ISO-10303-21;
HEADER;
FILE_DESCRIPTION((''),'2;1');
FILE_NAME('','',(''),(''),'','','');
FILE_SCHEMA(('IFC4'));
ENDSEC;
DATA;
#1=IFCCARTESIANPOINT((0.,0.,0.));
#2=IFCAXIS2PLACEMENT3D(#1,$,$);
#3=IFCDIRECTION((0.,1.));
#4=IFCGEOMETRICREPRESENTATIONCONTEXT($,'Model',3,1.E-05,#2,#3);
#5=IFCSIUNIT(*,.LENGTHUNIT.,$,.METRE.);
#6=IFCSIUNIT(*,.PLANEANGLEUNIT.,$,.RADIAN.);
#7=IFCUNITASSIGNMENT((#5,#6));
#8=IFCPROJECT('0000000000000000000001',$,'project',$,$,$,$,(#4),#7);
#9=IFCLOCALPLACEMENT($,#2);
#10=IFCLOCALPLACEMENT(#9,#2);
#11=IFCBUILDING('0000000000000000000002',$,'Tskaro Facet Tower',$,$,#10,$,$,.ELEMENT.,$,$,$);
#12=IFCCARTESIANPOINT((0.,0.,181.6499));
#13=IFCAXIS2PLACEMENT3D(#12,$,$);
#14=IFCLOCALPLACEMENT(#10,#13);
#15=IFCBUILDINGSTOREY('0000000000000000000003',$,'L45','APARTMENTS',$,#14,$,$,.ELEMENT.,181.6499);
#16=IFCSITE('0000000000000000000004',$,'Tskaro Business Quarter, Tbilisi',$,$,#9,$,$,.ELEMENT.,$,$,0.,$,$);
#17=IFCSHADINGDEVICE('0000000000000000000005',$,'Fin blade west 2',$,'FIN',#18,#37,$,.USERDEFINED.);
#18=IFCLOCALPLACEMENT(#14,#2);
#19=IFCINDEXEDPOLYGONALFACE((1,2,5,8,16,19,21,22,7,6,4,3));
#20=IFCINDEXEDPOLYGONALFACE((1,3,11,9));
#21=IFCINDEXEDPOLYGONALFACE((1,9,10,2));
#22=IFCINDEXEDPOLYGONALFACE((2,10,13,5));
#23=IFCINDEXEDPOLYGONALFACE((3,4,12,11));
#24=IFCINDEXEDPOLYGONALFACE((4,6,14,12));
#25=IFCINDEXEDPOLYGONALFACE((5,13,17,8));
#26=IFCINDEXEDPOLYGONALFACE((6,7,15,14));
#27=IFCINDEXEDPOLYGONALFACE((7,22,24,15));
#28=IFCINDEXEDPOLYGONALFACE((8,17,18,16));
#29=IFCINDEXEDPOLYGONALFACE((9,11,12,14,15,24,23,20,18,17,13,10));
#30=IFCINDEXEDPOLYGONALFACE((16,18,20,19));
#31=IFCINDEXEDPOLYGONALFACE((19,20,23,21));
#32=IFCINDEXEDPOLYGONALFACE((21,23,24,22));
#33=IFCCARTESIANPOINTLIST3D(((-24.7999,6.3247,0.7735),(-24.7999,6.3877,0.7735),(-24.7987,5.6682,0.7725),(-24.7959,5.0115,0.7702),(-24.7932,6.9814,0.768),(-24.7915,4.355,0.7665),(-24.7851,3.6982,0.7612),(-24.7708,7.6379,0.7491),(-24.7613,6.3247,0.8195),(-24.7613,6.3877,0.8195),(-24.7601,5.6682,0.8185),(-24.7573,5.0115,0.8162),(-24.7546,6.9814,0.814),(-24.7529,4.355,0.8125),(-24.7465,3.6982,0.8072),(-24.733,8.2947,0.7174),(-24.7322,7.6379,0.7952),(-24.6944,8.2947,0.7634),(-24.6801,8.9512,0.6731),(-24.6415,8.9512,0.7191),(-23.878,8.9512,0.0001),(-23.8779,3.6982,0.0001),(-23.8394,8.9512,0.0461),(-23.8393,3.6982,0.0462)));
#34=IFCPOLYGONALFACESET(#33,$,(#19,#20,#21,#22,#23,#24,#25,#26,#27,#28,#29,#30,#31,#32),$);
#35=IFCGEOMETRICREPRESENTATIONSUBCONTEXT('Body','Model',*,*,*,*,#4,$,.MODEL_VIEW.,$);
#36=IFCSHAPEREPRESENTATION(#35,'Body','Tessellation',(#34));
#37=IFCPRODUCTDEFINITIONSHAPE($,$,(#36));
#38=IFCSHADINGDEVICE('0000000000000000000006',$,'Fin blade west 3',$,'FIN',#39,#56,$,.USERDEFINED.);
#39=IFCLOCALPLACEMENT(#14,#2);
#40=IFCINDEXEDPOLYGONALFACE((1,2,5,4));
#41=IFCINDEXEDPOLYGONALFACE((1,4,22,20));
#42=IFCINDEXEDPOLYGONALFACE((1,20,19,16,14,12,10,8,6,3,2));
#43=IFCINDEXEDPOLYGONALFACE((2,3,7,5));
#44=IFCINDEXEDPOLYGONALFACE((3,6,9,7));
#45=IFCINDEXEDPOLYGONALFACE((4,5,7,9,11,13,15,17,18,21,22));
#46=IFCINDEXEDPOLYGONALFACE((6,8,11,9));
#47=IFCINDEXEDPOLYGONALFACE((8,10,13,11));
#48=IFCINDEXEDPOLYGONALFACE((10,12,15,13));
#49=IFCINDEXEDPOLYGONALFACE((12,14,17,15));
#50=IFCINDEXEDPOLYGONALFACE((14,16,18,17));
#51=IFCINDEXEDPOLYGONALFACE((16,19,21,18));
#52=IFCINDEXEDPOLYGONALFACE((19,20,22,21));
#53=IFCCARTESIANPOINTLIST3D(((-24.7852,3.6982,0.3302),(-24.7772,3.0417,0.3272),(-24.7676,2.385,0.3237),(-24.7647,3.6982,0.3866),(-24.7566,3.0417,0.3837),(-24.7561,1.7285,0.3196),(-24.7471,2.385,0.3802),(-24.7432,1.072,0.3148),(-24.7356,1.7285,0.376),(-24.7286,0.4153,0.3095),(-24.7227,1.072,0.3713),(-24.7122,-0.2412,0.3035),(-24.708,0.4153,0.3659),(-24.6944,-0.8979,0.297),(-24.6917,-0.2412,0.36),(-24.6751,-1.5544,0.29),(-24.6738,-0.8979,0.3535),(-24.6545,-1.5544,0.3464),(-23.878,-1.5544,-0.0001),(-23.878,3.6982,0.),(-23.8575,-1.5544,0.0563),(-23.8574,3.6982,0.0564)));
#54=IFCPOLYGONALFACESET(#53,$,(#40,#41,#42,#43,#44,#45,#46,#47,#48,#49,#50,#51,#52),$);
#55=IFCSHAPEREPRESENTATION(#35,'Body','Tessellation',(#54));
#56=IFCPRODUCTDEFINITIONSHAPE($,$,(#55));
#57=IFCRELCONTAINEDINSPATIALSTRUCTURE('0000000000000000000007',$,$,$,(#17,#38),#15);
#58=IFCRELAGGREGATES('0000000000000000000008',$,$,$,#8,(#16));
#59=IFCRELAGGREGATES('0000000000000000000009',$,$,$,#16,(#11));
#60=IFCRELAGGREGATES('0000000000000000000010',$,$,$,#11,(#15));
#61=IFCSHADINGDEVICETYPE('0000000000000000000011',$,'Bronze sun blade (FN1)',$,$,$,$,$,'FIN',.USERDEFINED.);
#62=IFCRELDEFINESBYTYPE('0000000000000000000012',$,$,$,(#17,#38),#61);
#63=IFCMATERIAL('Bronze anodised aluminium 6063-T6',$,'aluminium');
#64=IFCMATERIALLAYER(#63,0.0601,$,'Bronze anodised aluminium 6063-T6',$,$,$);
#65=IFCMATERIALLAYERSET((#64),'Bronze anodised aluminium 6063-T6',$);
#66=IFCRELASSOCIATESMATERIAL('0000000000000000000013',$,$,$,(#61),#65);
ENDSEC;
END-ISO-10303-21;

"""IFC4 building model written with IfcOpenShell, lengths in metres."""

from ifc_helpers import new_model, si_unit, direction, frame, origin, place, context, subcontext, project, spatial, polyline, outline, extrude, material, layer, layer_set, type_object, element, save


model = new_model("IFC4")

# Units and contexts
model_context = context("Model", 3, precision=1e-05, world=origin(), true_north=direction((0.0, 1.0)))
body_context = subcontext(model_context, "Body", "Model", "MODEL_VIEW")
ifc_project = project(units=[si_unit("LENGTHUNIT", "METRE"), si_unit("PLANEANGLEUNIT", "RADIAN")], contexts=[model_context])

# Site, building, storey
site_placement = place(None, origin())
site = spatial("IfcSite", under=ifc_project, at=site_placement, Name="Tskaro Business Quarter, Tbilisi", CompositionType="ELEMENT", RefElevation=0.0)
building_placement = place(site_placement, origin())
building = spatial("IfcBuilding", under=site, at=building_placement, Name="Tskaro Facet Tower", CompositionType="ELEMENT")
storey_placement = place(building_placement, frame((0.0, 0.0, 181.6499)))
storey = spatial("IfcBuildingStorey", under=building, at=storey_placement, Name="L45", Description="APARTMENTS", CompositionType="ELEMENT", Elevation=181.6499)

# Shared definitions
ifc_material_1 = material(Name="Bronze anodised aluminium 6063-T6", Category="aluminium")

# Shading devices
ifc_layer_1 = layer(ifc_material_1, 0.0601, Name="Bronze anodised aluminium 6063-T6")
ifc_layer_set_1 = layer_set([ifc_layer_1], Name="Bronze anodised aluminium 6063-T6")
shading_device_type = type_object("IfcShadingDeviceType", Name="Bronze sun blade (FN1)", ElementType="FIN", PredefinedType="USERDEFINED", material=ifc_layer_set_1)
shading_device_1_placement = place(storey_placement, frame((-23.8394, 8.9512, 0.0461), z_axis=(0.642701, 0.000004, 0.766117), x_axis=(0.000002, -1.0, 0.000003)))
element("IfcShadingDevice", 1, at=shading_device_1_placement, inside=storey, type_object=shading_device_type, Name="Fin blade west 2", ObjectType="FIN", PredefinedType="USERDEFINED", context=body_context, shape_type="SweptSolid", body=[
    extrude(outline(polyline([(0.0, 0.0), (5.2529, 0.0), (5.2529, -1.1841), (4.5962, -1.1924), (3.9397, -1.1982), (3.283, -1.2018), (2.6265, -1.2034), (2.5635, -1.2034), (1.9697, -1.1947), (1.3132, -1.1654), (0.6565, -1.116), (0.0, -1.0471), (0.0, 0.0)])), origin(), (0.0, 0.0, -1.0), 0.0601),
])
shading_device_2_placement = place(storey_placement, frame((-23.8574, 3.6982, 0.0564), z_axis=(0.342028, -0.000019, 0.93969), x_axis=(-0.000006, -1.0, -0.000017)))
element("IfcShadingDevice", 2, at=shading_device_2_placement, inside=storey, type_object=shading_device_type, Name="Fin blade west 3", ObjectType="FIN", PredefinedType="USERDEFINED", context=body_context, shape_type="SweptSolid", body=[
    extrude(outline(polyline([(0.0, 0.0), (5.2527, 0.0), (5.2527, -0.8482), (4.5962, -0.8688), (3.9395, -0.8878), (3.283, -0.9052), (2.6262, -0.9208), (1.9697, -0.9345), (1.3132, -0.9467), (0.6565, -0.9569), (0.0, -0.9655), (0.0, 0.0)])), origin(), (0.0, 0.0, -1.0), 0.0601),
])

save(model, "model.ifc")
